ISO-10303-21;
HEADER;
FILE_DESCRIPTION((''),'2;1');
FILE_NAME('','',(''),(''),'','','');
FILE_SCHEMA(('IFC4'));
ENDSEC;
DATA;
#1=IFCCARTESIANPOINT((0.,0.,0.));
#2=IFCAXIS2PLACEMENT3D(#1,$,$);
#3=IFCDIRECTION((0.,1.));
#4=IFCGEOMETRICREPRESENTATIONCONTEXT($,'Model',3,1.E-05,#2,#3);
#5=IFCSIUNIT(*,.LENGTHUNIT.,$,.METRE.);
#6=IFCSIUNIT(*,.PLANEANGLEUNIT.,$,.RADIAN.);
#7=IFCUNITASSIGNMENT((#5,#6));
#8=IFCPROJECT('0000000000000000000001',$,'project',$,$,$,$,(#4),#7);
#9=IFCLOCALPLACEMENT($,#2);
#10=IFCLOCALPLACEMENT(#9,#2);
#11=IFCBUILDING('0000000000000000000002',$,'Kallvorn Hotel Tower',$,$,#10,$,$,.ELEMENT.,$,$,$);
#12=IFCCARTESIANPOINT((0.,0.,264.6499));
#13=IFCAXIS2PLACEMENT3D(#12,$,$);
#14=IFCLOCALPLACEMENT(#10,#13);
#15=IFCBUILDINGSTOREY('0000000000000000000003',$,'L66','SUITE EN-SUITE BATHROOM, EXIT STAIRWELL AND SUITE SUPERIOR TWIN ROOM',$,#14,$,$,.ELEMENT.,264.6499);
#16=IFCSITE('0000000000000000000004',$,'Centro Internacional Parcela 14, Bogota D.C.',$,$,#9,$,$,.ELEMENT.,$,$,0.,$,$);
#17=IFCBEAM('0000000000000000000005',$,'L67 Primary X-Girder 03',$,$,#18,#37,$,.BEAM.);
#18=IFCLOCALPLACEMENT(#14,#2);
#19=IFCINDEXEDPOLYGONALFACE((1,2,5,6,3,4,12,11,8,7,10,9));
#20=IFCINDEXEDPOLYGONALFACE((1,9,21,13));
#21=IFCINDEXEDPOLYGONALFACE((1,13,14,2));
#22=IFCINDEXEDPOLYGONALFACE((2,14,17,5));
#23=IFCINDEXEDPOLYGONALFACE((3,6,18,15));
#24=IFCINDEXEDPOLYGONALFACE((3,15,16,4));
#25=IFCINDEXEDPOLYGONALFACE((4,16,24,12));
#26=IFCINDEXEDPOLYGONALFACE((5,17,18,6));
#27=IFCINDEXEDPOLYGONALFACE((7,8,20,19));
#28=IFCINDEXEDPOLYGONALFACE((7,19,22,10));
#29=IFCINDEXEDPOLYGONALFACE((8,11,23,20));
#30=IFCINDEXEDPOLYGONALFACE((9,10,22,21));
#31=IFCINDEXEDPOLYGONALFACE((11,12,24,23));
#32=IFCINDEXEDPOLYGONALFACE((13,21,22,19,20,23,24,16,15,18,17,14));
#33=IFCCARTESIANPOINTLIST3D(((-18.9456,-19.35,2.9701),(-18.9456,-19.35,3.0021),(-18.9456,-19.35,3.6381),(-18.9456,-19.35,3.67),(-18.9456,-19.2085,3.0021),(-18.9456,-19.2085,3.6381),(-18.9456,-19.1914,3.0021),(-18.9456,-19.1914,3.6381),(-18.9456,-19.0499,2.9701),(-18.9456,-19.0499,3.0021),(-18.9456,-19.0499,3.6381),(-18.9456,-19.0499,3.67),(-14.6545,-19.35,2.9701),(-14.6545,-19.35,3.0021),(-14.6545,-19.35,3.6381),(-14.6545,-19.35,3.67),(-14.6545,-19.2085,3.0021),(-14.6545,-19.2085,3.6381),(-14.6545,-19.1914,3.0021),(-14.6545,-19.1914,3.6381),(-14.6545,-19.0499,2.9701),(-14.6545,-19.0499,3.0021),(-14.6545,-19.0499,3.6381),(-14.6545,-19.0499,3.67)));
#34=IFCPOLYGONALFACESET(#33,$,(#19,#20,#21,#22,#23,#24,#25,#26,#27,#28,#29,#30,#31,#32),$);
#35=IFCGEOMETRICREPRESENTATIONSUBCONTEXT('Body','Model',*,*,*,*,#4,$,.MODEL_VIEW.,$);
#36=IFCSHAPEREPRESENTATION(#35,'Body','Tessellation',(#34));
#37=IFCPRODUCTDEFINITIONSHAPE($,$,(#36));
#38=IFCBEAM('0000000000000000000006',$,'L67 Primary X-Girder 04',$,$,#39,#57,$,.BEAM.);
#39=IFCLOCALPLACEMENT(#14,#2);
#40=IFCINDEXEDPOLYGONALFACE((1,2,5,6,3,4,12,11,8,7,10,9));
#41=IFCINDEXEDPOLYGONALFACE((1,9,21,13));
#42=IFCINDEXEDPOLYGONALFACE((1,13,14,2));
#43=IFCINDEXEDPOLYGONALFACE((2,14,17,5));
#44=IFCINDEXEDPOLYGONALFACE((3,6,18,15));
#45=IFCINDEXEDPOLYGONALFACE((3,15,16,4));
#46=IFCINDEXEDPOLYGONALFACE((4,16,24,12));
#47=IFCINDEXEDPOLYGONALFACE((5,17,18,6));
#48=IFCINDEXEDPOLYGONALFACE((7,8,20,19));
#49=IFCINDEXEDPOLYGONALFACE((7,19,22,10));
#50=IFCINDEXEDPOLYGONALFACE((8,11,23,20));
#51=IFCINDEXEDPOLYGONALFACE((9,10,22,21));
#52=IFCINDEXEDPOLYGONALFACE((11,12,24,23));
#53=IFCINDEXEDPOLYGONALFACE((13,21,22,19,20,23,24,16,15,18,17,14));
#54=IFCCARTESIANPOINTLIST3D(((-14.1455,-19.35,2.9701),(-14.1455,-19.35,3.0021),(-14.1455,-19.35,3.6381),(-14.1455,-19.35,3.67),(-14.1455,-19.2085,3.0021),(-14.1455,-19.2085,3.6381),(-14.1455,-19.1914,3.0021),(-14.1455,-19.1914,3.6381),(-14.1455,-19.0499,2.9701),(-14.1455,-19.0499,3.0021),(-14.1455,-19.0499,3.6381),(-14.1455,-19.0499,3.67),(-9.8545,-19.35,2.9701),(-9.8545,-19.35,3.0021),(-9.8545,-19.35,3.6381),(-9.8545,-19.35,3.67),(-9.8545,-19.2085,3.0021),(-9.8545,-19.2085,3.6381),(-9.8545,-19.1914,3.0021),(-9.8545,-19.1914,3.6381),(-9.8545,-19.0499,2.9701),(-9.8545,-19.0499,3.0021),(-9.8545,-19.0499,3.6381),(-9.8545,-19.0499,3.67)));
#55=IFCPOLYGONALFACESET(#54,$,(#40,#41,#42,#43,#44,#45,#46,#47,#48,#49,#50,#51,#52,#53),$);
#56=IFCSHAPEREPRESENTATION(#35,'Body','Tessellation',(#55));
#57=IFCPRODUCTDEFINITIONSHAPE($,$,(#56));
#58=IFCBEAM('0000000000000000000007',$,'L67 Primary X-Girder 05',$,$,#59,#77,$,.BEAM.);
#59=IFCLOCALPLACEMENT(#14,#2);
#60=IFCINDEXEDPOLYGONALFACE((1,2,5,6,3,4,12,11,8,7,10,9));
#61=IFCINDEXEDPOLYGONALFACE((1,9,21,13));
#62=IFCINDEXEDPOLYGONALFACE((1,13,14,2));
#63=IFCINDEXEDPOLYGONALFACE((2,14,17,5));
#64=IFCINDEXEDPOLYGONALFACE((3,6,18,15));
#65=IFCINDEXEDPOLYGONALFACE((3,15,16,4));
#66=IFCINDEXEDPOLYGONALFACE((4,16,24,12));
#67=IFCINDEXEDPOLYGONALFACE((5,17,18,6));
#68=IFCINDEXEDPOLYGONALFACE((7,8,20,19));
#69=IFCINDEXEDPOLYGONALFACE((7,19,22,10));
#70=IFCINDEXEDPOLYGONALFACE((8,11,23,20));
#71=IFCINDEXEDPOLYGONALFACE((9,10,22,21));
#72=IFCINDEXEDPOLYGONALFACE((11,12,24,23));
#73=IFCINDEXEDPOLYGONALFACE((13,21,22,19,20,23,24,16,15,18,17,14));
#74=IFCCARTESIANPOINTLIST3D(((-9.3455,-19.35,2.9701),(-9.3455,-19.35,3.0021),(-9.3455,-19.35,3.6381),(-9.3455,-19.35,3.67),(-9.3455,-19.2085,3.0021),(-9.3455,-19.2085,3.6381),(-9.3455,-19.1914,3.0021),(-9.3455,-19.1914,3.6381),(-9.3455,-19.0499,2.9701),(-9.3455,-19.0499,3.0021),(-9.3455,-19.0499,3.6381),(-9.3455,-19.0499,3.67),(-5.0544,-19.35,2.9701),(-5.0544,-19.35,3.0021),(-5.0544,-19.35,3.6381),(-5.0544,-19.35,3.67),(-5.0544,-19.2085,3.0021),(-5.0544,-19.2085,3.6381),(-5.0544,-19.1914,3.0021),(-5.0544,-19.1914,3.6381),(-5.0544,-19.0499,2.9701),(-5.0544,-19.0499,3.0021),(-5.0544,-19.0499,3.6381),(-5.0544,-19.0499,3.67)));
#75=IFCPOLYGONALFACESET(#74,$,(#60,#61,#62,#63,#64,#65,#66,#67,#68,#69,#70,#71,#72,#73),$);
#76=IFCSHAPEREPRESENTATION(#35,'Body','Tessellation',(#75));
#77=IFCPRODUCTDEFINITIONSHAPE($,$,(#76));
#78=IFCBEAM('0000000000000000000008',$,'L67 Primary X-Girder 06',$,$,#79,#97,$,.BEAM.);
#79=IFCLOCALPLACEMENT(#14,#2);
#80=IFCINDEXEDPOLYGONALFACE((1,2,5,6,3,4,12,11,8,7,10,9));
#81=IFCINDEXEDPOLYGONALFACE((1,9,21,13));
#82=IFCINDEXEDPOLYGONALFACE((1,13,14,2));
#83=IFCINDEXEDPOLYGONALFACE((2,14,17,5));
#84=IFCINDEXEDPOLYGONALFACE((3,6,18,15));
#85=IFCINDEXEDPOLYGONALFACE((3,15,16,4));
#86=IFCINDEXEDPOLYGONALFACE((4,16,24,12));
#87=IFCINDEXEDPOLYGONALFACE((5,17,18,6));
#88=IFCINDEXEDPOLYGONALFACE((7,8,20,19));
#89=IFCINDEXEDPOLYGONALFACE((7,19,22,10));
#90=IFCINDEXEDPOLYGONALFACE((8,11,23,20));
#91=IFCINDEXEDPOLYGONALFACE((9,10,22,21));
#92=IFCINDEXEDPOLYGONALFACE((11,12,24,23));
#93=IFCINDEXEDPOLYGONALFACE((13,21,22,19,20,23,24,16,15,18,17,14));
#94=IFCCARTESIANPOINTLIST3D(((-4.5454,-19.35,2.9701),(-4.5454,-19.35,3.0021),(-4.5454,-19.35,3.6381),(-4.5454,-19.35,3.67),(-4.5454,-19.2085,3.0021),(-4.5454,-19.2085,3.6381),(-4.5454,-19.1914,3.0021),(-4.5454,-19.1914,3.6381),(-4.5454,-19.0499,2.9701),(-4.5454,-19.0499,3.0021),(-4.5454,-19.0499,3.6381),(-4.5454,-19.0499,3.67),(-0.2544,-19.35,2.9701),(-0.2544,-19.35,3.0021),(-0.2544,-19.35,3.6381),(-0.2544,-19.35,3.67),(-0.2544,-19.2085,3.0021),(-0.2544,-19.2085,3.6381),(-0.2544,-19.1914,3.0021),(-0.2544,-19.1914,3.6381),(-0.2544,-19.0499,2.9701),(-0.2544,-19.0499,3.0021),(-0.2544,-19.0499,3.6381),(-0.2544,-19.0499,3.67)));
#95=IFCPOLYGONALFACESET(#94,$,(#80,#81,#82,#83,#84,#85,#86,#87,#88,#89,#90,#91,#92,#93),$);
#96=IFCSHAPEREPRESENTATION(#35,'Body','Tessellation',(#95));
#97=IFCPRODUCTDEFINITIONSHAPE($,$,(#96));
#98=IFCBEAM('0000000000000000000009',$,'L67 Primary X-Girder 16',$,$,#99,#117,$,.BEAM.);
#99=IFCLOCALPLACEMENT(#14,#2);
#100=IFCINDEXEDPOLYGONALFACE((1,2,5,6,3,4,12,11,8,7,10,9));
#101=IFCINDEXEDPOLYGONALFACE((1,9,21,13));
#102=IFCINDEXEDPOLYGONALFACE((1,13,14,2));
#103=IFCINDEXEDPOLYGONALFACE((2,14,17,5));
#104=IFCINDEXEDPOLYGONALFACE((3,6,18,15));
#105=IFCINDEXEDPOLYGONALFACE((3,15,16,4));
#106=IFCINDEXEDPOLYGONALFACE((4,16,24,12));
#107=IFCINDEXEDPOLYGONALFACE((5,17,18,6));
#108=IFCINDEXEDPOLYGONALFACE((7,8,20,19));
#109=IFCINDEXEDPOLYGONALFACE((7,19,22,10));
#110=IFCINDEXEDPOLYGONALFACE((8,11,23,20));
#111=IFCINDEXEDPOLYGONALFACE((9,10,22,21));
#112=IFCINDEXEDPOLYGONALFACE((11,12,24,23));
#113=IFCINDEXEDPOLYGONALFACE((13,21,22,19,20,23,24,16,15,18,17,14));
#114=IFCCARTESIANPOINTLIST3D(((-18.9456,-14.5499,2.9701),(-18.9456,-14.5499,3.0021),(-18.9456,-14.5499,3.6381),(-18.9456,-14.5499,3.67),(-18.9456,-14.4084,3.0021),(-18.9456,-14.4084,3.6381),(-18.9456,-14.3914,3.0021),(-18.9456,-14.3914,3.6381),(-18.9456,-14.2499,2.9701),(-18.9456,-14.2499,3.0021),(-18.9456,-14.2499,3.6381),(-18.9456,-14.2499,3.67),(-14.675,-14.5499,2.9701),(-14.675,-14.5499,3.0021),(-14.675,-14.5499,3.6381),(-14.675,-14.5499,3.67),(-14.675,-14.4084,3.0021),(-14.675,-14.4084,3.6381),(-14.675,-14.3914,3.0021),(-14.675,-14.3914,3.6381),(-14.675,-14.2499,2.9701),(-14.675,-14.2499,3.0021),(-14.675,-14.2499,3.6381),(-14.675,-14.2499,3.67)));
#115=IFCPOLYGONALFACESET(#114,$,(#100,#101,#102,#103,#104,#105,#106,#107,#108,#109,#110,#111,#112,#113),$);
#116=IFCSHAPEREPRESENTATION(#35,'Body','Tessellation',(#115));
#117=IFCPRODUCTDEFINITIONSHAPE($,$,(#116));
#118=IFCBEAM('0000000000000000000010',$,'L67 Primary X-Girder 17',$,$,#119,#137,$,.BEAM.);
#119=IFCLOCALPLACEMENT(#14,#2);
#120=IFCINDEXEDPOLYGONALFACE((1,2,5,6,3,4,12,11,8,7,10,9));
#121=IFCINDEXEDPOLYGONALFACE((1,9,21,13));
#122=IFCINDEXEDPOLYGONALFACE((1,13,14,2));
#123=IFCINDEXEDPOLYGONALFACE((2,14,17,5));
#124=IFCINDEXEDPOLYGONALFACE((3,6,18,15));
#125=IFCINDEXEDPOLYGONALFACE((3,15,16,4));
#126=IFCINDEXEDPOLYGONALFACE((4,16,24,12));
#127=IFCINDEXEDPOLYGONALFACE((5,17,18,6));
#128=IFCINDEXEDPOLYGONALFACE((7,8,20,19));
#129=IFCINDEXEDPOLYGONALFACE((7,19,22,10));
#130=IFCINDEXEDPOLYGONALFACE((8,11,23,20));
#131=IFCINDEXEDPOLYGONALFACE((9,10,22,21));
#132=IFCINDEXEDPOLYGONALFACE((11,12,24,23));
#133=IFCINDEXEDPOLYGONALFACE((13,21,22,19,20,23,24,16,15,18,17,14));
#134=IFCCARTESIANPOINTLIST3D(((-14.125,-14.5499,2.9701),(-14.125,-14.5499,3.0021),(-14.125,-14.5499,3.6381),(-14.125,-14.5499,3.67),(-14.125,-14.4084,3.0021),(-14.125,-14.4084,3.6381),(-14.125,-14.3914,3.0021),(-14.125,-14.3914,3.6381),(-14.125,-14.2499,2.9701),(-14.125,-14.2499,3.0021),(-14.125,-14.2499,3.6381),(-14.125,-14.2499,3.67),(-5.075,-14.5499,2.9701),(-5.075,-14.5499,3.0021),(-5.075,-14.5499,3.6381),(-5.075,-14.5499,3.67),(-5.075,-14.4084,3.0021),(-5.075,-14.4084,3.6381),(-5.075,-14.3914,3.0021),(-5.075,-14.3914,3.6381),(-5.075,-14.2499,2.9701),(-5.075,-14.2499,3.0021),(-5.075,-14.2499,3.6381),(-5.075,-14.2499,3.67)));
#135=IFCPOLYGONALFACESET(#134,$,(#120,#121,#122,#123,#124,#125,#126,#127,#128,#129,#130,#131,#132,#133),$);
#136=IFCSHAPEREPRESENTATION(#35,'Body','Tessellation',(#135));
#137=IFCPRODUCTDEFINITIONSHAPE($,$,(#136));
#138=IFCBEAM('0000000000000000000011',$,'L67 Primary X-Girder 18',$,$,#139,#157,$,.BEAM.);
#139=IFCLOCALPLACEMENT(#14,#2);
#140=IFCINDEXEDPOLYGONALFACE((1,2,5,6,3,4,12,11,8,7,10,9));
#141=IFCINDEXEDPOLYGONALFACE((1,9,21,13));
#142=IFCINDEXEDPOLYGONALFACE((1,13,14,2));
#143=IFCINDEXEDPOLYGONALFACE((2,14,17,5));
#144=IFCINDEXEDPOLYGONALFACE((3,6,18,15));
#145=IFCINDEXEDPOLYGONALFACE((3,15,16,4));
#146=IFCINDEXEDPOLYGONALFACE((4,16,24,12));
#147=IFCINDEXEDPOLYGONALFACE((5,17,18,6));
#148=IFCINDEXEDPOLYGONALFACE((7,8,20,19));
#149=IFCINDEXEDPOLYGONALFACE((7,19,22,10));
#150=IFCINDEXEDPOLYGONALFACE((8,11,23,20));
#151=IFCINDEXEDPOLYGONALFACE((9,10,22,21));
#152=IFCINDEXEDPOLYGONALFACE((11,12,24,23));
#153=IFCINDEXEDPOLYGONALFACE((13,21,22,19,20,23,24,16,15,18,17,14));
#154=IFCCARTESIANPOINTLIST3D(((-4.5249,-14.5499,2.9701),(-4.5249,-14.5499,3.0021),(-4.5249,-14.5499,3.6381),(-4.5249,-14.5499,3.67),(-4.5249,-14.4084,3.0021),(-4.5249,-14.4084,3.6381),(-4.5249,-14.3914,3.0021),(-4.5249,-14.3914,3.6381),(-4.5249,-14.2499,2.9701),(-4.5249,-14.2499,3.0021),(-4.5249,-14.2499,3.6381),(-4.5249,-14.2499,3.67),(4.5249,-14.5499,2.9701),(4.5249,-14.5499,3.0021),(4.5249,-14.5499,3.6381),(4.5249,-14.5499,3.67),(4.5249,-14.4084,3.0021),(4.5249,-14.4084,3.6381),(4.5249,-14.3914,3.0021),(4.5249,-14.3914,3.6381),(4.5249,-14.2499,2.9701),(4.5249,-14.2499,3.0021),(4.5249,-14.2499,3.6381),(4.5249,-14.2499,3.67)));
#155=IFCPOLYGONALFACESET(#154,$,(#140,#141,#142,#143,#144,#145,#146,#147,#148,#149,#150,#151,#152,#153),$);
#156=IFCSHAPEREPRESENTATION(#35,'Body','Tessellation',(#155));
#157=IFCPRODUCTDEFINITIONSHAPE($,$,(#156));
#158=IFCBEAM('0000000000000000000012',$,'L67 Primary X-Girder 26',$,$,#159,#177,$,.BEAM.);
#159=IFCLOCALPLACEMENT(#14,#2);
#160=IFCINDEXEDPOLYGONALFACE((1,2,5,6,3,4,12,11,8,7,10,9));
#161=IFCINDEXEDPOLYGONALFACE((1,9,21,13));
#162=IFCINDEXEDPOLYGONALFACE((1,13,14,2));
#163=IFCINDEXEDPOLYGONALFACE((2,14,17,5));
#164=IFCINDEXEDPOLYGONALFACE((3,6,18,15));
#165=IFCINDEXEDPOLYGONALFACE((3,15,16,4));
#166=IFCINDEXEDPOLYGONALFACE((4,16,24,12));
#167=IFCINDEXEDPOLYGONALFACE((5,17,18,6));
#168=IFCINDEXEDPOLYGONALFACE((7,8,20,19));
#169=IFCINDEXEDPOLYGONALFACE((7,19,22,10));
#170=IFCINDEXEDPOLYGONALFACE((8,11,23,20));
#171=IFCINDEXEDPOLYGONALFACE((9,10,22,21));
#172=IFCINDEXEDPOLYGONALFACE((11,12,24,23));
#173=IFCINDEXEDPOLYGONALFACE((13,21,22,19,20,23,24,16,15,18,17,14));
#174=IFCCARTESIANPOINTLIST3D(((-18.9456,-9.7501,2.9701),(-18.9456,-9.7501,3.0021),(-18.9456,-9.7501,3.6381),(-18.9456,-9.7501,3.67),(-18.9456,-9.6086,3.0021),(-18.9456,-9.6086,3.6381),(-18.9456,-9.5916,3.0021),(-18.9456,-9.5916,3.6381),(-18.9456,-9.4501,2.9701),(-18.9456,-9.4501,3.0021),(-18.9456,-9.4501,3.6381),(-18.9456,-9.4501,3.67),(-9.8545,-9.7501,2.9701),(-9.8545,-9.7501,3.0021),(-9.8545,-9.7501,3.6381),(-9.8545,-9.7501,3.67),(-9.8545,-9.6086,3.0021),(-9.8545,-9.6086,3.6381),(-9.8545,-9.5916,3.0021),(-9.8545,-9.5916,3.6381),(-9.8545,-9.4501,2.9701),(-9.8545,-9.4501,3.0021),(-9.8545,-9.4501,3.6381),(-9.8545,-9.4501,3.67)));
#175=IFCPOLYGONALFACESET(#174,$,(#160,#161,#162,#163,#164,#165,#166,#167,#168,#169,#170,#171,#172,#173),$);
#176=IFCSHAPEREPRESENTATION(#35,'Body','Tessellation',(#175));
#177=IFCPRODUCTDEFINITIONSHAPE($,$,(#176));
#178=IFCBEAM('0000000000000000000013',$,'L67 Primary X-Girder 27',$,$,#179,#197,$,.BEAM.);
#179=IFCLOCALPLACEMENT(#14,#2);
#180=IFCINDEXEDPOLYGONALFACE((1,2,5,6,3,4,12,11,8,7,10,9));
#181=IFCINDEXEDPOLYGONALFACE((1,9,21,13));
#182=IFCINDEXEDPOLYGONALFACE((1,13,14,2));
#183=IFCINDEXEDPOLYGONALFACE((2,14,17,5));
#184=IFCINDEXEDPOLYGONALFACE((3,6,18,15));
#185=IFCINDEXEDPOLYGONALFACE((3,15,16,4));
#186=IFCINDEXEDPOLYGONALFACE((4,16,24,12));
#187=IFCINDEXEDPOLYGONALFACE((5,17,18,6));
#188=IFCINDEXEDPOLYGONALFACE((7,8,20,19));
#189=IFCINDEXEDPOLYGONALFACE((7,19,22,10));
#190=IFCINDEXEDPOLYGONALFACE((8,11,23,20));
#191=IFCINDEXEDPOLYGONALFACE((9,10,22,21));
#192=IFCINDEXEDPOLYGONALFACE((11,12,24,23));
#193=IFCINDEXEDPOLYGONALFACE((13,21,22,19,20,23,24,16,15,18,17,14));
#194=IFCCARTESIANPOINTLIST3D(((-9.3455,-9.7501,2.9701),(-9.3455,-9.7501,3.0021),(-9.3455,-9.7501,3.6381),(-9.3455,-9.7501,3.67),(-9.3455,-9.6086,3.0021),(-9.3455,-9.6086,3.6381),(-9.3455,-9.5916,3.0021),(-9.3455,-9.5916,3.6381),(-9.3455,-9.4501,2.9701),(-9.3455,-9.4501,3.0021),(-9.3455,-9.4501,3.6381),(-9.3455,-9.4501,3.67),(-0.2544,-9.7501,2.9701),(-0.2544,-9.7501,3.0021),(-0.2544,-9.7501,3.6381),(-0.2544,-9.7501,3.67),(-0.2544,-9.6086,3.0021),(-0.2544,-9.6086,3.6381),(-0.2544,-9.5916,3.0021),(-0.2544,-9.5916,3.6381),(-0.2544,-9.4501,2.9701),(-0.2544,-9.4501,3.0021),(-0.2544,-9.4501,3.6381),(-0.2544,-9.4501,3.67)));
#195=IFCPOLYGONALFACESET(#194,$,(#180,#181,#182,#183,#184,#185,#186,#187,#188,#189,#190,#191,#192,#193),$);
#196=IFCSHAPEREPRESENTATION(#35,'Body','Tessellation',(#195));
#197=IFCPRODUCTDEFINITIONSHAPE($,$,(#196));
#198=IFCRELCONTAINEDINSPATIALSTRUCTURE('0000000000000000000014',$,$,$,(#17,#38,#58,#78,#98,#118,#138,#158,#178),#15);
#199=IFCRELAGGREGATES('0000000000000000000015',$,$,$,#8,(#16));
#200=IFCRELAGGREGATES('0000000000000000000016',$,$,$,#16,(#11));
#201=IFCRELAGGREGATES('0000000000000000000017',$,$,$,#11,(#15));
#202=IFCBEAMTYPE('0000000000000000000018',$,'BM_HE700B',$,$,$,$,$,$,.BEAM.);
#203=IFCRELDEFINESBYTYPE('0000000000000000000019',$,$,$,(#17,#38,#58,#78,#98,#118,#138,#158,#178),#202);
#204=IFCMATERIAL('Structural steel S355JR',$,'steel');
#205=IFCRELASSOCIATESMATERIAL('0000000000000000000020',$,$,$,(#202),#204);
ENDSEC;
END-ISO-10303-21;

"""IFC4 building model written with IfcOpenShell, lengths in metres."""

from ifc_helpers import new_model, si_unit, direction, frame, origin, origin_2d, place, context, subcontext, project, spatial, i_section, extrude, material, material_profile, profile_set, type_object, element, save


model = new_model("IFC4")

# Units and contexts
model_context = context("Model", 3, precision=1e-05, world=origin(), true_north=direction((0.0, 1.0)))
body_context = subcontext(model_context, "Body", "Model", "MODEL_VIEW")
ifc_project = project(units=[si_unit("LENGTHUNIT", "METRE"), si_unit("PLANEANGLEUNIT", "RADIAN")], contexts=[model_context])

# Site, building, storey
site_placement = place(None, origin())
site = spatial("IfcSite", under=ifc_project, at=site_placement, Name="Centro Internacional Parcela 14, Bogota D.C.", CompositionType="ELEMENT", RefElevation=0.0)
building_placement = place(site_placement, origin())
building = spatial("IfcBuilding", under=site, at=building_placement, Name="Kallvorn Hotel Tower", CompositionType="ELEMENT")
storey_placement = place(building_placement, frame((0.0, 0.0, 264.6499)))
storey = spatial("IfcBuildingStorey", under=building, at=storey_placement, Name="L66", Description="SUITE EN-SUITE BATHROOM, EXIT STAIRWELL AND SUITE SUPERIOR TWIN ROOM", CompositionType="ELEMENT", Elevation=264.6499)

# Beams
ifc_material_1 = material(Name="Structural steel S355JR", Category="steel")
ifc_material_profile_1 = material_profile(ifc_material_1, i_section(OverallWidth=0.3, OverallDepth=0.7, WebThickness=0.0171, FlangeThickness=0.032, at=origin_2d()), Name="HE 700 B")
ifc_profile_set_1 = profile_set([ifc_material_profile_1], Name="Structural steel S355JR")
beam_type_1 = type_object("IfcBeamType", Name="BM_HE700B", PredefinedType="BEAM", material=ifc_profile_set_1)
for number, where, z_axis, x_axis, name in (
    (1, (-18.9456, -19.2, 3.3201), (1.0, 0.0, 0.0), (0.0, 1.0, 0.0), "L67 Primary X-Girder 03"),
    (2, (-14.1455, -19.2, 3.3201), (1.0, 0.0, 0.0), (0.0, 1.0, 0.0), "L67 Primary X-Girder 04"),
    (3, (-9.3455, -19.2, 3.3201), (1.0, 0.0, 0.0), (0.0, 1.0, 0.0), "L67 Primary X-Girder 05"),
    (4, (-4.5454, -19.2, 3.3201), (1.0, 0.0, 0.0), (0.0, 1.0, 0.0), "L67 Primary X-Girder 06"),
):
    element("IfcBeam", number, at=place(storey_placement, frame(where, z_axis=z_axis, x_axis=x_axis)), inside=storey, type_object=beam_type_1, Name=name, PredefinedType="BEAM", context=body_context, shape_type="SweptSolid", body=[
        extrude(i_section(OverallWidth=0.3, OverallDepth=0.7, WebThickness=0.0171, FlangeThickness=0.032, at=origin_2d()), origin(), (0.0, 0.0, 1.0), 4.291),
    ])
beam_1_placement = place(storey_placement, frame((-18.9456, -14.3999, 3.3201), z_axis=(1.0, 0.0, 0.0), x_axis=(0.0, 1.0, 0.0)))
element("IfcBeam", 5, at=beam_1_placement, inside=storey, type_object=beam_type_1, Name="L67 Primary X-Girder 16", PredefinedType="BEAM", context=body_context, shape_type="SweptSolid", body=[
    extrude(i_section(OverallWidth=0.3, OverallDepth=0.7, WebThickness=0.0171, FlangeThickness=0.032, at=origin_2d()), origin(), (0.0, 0.0, 1.0), 4.2705),
])
beam_2_placement = place(storey_placement, frame((-14.125, -14.3999, 3.3201), z_axis=(1.0, 0.0, 0.0), x_axis=(0.0, 1.0, 0.0)))
element("IfcBeam", 6, at=beam_2_placement, inside=storey, type_object=beam_type_1, Name="L67 Primary X-Girder 17", PredefinedType="BEAM", context=body_context, shape_type="SweptSolid", body=[
    extrude(i_section(OverallWidth=0.3, OverallDepth=0.7, WebThickness=0.0171, FlangeThickness=0.032, at=origin_2d()), origin(), (0.0, 0.0, 1.0), 9.05),
])
beam_3_placement = place(storey_placement, frame((-4.5249, -14.3999, 3.3201), z_axis=(1.0, 0.0, 0.0), x_axis=(0.0, 1.0, 0.0)))
element("IfcBeam", 7, at=beam_3_placement, inside=storey, type_object=beam_type_1, Name="L67 Primary X-Girder 18", PredefinedType="BEAM", context=body_context, shape_type="SweptSolid", body=[
    extrude(i_section(OverallWidth=0.3, OverallDepth=0.7, WebThickness=0.0171, FlangeThickness=0.032, at=origin_2d()), origin(), (0.0, 0.0, 1.0), 9.0498),
])
for number, where, z_axis, x_axis, name in (
    (8, (-18.9456, -9.6001, 3.3201), (1.0, 0.0, 0.0), (0.0, 1.0, 0.0), "L67 Primary X-Girder 26"),
    (9, (-9.3455, -9.6001, 3.3201), (1.0, 0.0, 0.0), (0.0, 1.0, 0.0), "L67 Primary X-Girder 27"),
):
    element("IfcBeam", number, at=place(storey_placement, frame(where, z_axis=z_axis, x_axis=x_axis)), inside=storey, type_object=beam_type_1, Name=name, PredefinedType="BEAM", context=body_context, shape_type="SweptSolid", body=[
        extrude(i_section(OverallWidth=0.3, OverallDepth=0.7, WebThickness=0.0171, FlangeThickness=0.032, at=origin_2d()), origin(), (0.0, 0.0, 1.0), 9.0911),
    ])

save(model, "model.ifc")
